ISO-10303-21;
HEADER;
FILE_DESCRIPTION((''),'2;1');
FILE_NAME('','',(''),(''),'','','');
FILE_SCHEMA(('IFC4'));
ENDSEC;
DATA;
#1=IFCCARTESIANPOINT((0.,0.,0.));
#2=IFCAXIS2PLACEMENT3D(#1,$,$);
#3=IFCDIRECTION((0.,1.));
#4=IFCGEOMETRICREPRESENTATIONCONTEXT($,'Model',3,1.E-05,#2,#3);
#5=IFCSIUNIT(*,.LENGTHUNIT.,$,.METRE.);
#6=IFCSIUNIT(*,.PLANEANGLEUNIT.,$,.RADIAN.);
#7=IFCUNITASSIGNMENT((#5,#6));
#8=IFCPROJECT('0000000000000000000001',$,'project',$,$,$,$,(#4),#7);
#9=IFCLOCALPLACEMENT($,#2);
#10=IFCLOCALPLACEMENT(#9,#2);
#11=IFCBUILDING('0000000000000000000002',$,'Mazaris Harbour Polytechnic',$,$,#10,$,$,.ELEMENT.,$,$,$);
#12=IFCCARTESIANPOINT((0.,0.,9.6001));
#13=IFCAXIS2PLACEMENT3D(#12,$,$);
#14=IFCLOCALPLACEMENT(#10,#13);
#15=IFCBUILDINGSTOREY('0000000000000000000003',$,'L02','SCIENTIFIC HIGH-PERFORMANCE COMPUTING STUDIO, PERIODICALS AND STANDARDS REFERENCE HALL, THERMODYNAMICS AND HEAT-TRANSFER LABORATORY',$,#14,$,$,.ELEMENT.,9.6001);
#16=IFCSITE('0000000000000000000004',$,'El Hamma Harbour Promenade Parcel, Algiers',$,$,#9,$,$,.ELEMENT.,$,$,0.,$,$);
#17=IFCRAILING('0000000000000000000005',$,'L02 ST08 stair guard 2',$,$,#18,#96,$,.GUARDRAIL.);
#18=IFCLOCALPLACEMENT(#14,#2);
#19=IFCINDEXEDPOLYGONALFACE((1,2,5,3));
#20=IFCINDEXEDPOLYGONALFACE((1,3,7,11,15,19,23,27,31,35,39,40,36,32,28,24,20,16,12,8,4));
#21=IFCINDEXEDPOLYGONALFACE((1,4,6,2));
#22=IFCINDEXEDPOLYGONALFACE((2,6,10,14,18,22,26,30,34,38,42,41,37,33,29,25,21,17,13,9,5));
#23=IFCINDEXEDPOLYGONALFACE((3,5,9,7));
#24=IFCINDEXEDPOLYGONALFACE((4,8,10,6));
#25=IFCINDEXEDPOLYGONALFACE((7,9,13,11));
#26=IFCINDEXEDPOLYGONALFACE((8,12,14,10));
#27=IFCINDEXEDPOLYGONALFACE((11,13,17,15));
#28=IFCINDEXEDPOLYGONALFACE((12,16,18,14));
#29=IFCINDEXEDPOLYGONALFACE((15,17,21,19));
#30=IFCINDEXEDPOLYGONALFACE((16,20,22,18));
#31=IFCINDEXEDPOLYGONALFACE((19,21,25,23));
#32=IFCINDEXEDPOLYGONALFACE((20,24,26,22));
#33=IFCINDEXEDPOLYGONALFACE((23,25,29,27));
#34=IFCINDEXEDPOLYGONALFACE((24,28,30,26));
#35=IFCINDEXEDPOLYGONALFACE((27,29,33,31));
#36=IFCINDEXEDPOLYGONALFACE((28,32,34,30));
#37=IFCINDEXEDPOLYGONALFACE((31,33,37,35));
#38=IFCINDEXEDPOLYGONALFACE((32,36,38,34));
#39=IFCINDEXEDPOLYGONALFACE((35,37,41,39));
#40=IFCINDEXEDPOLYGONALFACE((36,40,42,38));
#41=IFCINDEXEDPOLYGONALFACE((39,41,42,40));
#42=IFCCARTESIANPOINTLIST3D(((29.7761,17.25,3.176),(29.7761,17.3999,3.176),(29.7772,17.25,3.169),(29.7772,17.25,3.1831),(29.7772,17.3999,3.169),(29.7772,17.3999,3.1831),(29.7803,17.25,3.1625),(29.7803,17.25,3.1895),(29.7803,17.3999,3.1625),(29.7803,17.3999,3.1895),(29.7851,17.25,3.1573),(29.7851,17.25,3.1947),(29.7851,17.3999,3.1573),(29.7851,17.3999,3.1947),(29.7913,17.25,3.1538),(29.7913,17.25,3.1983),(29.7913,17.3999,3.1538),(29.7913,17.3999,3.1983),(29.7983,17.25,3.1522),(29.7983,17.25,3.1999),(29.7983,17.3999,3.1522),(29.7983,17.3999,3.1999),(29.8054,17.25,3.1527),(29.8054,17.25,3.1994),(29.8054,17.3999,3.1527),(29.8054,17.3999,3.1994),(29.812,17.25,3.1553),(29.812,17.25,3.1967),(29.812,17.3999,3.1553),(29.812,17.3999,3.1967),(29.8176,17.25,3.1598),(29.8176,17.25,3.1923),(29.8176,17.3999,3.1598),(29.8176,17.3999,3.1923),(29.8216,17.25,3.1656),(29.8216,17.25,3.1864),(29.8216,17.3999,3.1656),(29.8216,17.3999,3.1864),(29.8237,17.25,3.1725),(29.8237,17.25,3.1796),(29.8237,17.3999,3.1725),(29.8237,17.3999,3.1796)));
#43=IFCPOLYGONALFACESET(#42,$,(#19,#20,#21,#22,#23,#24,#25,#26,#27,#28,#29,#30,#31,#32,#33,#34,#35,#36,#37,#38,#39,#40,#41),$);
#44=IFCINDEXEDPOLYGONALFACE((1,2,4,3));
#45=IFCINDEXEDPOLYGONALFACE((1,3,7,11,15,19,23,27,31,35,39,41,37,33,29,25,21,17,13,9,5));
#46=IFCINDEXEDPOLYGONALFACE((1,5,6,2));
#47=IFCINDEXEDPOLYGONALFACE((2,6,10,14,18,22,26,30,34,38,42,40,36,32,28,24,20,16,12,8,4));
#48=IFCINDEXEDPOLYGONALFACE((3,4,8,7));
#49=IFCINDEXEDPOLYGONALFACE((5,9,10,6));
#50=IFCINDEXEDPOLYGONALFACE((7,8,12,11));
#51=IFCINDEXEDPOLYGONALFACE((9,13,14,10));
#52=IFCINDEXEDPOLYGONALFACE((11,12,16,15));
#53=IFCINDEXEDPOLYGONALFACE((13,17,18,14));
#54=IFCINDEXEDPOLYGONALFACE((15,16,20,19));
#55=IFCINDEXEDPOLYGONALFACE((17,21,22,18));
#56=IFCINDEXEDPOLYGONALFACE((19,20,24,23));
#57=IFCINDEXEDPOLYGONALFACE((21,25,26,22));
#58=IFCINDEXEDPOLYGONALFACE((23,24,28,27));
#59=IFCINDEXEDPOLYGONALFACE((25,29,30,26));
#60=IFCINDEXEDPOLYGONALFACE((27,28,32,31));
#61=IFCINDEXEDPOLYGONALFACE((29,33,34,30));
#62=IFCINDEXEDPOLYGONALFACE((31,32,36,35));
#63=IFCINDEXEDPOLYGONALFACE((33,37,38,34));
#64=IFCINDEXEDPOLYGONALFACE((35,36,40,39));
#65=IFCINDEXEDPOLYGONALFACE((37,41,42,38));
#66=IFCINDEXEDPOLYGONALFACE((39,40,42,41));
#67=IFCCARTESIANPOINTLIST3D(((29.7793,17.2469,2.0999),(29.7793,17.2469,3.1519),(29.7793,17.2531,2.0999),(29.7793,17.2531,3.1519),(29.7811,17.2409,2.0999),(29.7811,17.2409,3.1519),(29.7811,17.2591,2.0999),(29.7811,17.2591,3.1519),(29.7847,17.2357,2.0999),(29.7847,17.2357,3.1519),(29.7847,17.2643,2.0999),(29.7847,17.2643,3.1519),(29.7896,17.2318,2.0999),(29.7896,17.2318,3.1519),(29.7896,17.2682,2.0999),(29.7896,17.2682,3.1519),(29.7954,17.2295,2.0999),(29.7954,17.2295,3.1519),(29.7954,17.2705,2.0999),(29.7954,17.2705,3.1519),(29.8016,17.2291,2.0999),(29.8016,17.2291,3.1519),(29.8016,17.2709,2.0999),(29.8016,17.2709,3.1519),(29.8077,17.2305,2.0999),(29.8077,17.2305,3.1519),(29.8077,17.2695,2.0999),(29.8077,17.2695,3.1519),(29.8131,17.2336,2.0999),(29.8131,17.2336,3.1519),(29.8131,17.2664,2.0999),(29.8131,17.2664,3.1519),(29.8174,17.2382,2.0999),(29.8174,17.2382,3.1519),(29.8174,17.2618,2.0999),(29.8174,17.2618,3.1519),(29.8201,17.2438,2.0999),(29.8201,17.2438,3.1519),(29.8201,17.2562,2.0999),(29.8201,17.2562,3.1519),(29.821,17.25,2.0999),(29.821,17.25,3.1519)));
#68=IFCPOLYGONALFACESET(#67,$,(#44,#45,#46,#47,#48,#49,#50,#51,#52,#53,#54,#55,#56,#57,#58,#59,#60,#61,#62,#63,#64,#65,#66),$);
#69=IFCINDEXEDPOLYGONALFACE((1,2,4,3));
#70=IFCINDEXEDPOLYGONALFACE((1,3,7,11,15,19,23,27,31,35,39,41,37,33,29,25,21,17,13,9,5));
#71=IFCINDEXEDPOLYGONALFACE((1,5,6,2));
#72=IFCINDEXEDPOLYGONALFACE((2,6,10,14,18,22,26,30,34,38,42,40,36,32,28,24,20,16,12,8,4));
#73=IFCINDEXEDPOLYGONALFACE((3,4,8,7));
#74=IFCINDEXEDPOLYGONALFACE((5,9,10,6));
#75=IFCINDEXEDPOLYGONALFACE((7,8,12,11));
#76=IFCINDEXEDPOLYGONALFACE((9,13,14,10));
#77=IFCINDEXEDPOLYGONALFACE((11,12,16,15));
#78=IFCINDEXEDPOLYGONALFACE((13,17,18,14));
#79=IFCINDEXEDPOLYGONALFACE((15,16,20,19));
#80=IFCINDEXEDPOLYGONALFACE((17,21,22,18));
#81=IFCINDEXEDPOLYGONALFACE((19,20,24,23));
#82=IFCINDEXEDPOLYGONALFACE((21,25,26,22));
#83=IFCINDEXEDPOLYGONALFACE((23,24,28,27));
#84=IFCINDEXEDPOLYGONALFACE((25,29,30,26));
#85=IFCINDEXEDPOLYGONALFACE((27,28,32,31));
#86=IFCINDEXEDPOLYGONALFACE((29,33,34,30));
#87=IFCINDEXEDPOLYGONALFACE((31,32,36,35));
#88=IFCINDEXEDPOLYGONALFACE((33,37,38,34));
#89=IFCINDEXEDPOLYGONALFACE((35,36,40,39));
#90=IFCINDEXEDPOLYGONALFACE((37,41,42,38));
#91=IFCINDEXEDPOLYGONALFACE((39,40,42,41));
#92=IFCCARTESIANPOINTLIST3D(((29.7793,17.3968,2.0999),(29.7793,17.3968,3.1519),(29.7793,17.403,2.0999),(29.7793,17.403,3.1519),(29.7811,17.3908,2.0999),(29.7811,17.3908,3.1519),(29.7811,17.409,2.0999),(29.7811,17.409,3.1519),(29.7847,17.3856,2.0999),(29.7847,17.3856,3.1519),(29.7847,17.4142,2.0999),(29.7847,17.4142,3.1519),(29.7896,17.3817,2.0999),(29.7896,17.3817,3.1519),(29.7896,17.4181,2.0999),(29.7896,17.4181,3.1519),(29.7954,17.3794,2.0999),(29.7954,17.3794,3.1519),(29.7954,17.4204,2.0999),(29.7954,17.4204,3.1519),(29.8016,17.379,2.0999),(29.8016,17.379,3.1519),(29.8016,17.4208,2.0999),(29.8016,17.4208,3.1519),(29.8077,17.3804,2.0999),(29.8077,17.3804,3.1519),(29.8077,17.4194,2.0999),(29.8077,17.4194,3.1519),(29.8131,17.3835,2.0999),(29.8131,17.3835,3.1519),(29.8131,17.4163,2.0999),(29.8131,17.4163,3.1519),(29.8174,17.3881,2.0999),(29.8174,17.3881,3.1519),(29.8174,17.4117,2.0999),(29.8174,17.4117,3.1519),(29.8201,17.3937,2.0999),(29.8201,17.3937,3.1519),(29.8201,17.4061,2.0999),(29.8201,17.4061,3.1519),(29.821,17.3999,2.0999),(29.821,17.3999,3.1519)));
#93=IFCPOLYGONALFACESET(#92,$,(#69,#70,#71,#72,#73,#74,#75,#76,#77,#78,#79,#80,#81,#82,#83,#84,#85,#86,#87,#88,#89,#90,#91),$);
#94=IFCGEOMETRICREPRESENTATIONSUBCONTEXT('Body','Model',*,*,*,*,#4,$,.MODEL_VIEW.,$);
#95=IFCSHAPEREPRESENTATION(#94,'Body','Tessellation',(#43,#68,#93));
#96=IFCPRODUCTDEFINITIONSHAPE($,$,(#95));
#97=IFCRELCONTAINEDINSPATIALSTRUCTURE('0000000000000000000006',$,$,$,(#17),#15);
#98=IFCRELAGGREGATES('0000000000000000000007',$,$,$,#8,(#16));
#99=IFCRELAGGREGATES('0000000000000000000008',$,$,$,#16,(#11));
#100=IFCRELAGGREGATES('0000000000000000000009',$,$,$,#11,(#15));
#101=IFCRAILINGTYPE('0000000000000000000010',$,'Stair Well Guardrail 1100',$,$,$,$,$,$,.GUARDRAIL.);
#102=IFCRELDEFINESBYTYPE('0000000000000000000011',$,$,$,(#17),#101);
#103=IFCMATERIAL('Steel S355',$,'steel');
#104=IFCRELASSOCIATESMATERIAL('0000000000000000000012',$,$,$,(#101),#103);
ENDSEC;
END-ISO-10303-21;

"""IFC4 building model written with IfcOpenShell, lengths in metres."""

from ifc_helpers import new_model, si_unit, direction, frame, origin, origin_2d, place, context, subcontext, project, spatial, circle, extrude, material, type_object, element, save


model = new_model("IFC4")

# Units and contexts
model_context = context("Model", 3, precision=1e-05, world=origin(), true_north=direction((0.0, 1.0)))
body_context = subcontext(model_context, "Body", "Model", "MODEL_VIEW")
ifc_project = project(units=[si_unit("LENGTHUNIT", "METRE"), si_unit("PLANEANGLEUNIT", "RADIAN")], contexts=[model_context])

# Site, building, storey
site_placement = place(None, origin())
site = spatial("IfcSite", under=ifc_project, at=site_placement, Name="El Hamma Harbour Promenade Parcel, Algiers", CompositionType="ELEMENT", RefElevation=0.0)
building_placement = place(site_placement, origin())
building = spatial("IfcBuilding", under=site, at=building_placement, Name="Mazaris Harbour Polytechnic", CompositionType="ELEMENT")
storey_placement = place(building_placement, frame((0.0, 0.0, 9.6001)))
storey = spatial("IfcBuildingStorey", under=building, at=storey_placement, Name="L02", Description="SCIENTIFIC HIGH-PERFORMANCE COMPUTING STUDIO, PERIODICALS AND STANDARDS REFERENCE HALL, THERMODYNAMICS AND HEAT-TRANSFER LABORATORY", CompositionType="ELEMENT", Elevation=9.6001)

# Railing
ifc_material_1 = material(Name="Steel S355", Category="steel")
railing_type_1 = type_object("IfcRailingType", Name="Stair Well Guardrail 1100", PredefinedType="GUARDRAIL", material=ifc_material_1)
railing_1_placement = place(storey_placement, frame((29.8, 17.25, 2.0999)))
element("IfcRailing", 1, at=railing_1_placement, inside=storey, type_object=railing_type_1, Name="L02 ST08 stair guard 2", PredefinedType="GUARDRAIL", context=body_context, shape_type="SweptSolid", body=[
    extrude(circle(Radius=0.0239, at=origin_2d()), frame((0.0, 0.0, 1.0762), z_axis=(0.0, 1.0, 0.0), x_axis=(-1.0, 0.0, 0.0)), (0.0, 0.0, 1.0), 0.1499),
    extrude(circle(Radius=0.021, at=origin_2d()), origin(), (0.0, 0.0, 1.0), 1.052),
    extrude(circle(Radius=0.021, at=origin_2d()), frame((0.0, 0.1499, 0.0)), (0.0, 0.0, 1.0), 1.052),
])

save(model, "model.ifc")
